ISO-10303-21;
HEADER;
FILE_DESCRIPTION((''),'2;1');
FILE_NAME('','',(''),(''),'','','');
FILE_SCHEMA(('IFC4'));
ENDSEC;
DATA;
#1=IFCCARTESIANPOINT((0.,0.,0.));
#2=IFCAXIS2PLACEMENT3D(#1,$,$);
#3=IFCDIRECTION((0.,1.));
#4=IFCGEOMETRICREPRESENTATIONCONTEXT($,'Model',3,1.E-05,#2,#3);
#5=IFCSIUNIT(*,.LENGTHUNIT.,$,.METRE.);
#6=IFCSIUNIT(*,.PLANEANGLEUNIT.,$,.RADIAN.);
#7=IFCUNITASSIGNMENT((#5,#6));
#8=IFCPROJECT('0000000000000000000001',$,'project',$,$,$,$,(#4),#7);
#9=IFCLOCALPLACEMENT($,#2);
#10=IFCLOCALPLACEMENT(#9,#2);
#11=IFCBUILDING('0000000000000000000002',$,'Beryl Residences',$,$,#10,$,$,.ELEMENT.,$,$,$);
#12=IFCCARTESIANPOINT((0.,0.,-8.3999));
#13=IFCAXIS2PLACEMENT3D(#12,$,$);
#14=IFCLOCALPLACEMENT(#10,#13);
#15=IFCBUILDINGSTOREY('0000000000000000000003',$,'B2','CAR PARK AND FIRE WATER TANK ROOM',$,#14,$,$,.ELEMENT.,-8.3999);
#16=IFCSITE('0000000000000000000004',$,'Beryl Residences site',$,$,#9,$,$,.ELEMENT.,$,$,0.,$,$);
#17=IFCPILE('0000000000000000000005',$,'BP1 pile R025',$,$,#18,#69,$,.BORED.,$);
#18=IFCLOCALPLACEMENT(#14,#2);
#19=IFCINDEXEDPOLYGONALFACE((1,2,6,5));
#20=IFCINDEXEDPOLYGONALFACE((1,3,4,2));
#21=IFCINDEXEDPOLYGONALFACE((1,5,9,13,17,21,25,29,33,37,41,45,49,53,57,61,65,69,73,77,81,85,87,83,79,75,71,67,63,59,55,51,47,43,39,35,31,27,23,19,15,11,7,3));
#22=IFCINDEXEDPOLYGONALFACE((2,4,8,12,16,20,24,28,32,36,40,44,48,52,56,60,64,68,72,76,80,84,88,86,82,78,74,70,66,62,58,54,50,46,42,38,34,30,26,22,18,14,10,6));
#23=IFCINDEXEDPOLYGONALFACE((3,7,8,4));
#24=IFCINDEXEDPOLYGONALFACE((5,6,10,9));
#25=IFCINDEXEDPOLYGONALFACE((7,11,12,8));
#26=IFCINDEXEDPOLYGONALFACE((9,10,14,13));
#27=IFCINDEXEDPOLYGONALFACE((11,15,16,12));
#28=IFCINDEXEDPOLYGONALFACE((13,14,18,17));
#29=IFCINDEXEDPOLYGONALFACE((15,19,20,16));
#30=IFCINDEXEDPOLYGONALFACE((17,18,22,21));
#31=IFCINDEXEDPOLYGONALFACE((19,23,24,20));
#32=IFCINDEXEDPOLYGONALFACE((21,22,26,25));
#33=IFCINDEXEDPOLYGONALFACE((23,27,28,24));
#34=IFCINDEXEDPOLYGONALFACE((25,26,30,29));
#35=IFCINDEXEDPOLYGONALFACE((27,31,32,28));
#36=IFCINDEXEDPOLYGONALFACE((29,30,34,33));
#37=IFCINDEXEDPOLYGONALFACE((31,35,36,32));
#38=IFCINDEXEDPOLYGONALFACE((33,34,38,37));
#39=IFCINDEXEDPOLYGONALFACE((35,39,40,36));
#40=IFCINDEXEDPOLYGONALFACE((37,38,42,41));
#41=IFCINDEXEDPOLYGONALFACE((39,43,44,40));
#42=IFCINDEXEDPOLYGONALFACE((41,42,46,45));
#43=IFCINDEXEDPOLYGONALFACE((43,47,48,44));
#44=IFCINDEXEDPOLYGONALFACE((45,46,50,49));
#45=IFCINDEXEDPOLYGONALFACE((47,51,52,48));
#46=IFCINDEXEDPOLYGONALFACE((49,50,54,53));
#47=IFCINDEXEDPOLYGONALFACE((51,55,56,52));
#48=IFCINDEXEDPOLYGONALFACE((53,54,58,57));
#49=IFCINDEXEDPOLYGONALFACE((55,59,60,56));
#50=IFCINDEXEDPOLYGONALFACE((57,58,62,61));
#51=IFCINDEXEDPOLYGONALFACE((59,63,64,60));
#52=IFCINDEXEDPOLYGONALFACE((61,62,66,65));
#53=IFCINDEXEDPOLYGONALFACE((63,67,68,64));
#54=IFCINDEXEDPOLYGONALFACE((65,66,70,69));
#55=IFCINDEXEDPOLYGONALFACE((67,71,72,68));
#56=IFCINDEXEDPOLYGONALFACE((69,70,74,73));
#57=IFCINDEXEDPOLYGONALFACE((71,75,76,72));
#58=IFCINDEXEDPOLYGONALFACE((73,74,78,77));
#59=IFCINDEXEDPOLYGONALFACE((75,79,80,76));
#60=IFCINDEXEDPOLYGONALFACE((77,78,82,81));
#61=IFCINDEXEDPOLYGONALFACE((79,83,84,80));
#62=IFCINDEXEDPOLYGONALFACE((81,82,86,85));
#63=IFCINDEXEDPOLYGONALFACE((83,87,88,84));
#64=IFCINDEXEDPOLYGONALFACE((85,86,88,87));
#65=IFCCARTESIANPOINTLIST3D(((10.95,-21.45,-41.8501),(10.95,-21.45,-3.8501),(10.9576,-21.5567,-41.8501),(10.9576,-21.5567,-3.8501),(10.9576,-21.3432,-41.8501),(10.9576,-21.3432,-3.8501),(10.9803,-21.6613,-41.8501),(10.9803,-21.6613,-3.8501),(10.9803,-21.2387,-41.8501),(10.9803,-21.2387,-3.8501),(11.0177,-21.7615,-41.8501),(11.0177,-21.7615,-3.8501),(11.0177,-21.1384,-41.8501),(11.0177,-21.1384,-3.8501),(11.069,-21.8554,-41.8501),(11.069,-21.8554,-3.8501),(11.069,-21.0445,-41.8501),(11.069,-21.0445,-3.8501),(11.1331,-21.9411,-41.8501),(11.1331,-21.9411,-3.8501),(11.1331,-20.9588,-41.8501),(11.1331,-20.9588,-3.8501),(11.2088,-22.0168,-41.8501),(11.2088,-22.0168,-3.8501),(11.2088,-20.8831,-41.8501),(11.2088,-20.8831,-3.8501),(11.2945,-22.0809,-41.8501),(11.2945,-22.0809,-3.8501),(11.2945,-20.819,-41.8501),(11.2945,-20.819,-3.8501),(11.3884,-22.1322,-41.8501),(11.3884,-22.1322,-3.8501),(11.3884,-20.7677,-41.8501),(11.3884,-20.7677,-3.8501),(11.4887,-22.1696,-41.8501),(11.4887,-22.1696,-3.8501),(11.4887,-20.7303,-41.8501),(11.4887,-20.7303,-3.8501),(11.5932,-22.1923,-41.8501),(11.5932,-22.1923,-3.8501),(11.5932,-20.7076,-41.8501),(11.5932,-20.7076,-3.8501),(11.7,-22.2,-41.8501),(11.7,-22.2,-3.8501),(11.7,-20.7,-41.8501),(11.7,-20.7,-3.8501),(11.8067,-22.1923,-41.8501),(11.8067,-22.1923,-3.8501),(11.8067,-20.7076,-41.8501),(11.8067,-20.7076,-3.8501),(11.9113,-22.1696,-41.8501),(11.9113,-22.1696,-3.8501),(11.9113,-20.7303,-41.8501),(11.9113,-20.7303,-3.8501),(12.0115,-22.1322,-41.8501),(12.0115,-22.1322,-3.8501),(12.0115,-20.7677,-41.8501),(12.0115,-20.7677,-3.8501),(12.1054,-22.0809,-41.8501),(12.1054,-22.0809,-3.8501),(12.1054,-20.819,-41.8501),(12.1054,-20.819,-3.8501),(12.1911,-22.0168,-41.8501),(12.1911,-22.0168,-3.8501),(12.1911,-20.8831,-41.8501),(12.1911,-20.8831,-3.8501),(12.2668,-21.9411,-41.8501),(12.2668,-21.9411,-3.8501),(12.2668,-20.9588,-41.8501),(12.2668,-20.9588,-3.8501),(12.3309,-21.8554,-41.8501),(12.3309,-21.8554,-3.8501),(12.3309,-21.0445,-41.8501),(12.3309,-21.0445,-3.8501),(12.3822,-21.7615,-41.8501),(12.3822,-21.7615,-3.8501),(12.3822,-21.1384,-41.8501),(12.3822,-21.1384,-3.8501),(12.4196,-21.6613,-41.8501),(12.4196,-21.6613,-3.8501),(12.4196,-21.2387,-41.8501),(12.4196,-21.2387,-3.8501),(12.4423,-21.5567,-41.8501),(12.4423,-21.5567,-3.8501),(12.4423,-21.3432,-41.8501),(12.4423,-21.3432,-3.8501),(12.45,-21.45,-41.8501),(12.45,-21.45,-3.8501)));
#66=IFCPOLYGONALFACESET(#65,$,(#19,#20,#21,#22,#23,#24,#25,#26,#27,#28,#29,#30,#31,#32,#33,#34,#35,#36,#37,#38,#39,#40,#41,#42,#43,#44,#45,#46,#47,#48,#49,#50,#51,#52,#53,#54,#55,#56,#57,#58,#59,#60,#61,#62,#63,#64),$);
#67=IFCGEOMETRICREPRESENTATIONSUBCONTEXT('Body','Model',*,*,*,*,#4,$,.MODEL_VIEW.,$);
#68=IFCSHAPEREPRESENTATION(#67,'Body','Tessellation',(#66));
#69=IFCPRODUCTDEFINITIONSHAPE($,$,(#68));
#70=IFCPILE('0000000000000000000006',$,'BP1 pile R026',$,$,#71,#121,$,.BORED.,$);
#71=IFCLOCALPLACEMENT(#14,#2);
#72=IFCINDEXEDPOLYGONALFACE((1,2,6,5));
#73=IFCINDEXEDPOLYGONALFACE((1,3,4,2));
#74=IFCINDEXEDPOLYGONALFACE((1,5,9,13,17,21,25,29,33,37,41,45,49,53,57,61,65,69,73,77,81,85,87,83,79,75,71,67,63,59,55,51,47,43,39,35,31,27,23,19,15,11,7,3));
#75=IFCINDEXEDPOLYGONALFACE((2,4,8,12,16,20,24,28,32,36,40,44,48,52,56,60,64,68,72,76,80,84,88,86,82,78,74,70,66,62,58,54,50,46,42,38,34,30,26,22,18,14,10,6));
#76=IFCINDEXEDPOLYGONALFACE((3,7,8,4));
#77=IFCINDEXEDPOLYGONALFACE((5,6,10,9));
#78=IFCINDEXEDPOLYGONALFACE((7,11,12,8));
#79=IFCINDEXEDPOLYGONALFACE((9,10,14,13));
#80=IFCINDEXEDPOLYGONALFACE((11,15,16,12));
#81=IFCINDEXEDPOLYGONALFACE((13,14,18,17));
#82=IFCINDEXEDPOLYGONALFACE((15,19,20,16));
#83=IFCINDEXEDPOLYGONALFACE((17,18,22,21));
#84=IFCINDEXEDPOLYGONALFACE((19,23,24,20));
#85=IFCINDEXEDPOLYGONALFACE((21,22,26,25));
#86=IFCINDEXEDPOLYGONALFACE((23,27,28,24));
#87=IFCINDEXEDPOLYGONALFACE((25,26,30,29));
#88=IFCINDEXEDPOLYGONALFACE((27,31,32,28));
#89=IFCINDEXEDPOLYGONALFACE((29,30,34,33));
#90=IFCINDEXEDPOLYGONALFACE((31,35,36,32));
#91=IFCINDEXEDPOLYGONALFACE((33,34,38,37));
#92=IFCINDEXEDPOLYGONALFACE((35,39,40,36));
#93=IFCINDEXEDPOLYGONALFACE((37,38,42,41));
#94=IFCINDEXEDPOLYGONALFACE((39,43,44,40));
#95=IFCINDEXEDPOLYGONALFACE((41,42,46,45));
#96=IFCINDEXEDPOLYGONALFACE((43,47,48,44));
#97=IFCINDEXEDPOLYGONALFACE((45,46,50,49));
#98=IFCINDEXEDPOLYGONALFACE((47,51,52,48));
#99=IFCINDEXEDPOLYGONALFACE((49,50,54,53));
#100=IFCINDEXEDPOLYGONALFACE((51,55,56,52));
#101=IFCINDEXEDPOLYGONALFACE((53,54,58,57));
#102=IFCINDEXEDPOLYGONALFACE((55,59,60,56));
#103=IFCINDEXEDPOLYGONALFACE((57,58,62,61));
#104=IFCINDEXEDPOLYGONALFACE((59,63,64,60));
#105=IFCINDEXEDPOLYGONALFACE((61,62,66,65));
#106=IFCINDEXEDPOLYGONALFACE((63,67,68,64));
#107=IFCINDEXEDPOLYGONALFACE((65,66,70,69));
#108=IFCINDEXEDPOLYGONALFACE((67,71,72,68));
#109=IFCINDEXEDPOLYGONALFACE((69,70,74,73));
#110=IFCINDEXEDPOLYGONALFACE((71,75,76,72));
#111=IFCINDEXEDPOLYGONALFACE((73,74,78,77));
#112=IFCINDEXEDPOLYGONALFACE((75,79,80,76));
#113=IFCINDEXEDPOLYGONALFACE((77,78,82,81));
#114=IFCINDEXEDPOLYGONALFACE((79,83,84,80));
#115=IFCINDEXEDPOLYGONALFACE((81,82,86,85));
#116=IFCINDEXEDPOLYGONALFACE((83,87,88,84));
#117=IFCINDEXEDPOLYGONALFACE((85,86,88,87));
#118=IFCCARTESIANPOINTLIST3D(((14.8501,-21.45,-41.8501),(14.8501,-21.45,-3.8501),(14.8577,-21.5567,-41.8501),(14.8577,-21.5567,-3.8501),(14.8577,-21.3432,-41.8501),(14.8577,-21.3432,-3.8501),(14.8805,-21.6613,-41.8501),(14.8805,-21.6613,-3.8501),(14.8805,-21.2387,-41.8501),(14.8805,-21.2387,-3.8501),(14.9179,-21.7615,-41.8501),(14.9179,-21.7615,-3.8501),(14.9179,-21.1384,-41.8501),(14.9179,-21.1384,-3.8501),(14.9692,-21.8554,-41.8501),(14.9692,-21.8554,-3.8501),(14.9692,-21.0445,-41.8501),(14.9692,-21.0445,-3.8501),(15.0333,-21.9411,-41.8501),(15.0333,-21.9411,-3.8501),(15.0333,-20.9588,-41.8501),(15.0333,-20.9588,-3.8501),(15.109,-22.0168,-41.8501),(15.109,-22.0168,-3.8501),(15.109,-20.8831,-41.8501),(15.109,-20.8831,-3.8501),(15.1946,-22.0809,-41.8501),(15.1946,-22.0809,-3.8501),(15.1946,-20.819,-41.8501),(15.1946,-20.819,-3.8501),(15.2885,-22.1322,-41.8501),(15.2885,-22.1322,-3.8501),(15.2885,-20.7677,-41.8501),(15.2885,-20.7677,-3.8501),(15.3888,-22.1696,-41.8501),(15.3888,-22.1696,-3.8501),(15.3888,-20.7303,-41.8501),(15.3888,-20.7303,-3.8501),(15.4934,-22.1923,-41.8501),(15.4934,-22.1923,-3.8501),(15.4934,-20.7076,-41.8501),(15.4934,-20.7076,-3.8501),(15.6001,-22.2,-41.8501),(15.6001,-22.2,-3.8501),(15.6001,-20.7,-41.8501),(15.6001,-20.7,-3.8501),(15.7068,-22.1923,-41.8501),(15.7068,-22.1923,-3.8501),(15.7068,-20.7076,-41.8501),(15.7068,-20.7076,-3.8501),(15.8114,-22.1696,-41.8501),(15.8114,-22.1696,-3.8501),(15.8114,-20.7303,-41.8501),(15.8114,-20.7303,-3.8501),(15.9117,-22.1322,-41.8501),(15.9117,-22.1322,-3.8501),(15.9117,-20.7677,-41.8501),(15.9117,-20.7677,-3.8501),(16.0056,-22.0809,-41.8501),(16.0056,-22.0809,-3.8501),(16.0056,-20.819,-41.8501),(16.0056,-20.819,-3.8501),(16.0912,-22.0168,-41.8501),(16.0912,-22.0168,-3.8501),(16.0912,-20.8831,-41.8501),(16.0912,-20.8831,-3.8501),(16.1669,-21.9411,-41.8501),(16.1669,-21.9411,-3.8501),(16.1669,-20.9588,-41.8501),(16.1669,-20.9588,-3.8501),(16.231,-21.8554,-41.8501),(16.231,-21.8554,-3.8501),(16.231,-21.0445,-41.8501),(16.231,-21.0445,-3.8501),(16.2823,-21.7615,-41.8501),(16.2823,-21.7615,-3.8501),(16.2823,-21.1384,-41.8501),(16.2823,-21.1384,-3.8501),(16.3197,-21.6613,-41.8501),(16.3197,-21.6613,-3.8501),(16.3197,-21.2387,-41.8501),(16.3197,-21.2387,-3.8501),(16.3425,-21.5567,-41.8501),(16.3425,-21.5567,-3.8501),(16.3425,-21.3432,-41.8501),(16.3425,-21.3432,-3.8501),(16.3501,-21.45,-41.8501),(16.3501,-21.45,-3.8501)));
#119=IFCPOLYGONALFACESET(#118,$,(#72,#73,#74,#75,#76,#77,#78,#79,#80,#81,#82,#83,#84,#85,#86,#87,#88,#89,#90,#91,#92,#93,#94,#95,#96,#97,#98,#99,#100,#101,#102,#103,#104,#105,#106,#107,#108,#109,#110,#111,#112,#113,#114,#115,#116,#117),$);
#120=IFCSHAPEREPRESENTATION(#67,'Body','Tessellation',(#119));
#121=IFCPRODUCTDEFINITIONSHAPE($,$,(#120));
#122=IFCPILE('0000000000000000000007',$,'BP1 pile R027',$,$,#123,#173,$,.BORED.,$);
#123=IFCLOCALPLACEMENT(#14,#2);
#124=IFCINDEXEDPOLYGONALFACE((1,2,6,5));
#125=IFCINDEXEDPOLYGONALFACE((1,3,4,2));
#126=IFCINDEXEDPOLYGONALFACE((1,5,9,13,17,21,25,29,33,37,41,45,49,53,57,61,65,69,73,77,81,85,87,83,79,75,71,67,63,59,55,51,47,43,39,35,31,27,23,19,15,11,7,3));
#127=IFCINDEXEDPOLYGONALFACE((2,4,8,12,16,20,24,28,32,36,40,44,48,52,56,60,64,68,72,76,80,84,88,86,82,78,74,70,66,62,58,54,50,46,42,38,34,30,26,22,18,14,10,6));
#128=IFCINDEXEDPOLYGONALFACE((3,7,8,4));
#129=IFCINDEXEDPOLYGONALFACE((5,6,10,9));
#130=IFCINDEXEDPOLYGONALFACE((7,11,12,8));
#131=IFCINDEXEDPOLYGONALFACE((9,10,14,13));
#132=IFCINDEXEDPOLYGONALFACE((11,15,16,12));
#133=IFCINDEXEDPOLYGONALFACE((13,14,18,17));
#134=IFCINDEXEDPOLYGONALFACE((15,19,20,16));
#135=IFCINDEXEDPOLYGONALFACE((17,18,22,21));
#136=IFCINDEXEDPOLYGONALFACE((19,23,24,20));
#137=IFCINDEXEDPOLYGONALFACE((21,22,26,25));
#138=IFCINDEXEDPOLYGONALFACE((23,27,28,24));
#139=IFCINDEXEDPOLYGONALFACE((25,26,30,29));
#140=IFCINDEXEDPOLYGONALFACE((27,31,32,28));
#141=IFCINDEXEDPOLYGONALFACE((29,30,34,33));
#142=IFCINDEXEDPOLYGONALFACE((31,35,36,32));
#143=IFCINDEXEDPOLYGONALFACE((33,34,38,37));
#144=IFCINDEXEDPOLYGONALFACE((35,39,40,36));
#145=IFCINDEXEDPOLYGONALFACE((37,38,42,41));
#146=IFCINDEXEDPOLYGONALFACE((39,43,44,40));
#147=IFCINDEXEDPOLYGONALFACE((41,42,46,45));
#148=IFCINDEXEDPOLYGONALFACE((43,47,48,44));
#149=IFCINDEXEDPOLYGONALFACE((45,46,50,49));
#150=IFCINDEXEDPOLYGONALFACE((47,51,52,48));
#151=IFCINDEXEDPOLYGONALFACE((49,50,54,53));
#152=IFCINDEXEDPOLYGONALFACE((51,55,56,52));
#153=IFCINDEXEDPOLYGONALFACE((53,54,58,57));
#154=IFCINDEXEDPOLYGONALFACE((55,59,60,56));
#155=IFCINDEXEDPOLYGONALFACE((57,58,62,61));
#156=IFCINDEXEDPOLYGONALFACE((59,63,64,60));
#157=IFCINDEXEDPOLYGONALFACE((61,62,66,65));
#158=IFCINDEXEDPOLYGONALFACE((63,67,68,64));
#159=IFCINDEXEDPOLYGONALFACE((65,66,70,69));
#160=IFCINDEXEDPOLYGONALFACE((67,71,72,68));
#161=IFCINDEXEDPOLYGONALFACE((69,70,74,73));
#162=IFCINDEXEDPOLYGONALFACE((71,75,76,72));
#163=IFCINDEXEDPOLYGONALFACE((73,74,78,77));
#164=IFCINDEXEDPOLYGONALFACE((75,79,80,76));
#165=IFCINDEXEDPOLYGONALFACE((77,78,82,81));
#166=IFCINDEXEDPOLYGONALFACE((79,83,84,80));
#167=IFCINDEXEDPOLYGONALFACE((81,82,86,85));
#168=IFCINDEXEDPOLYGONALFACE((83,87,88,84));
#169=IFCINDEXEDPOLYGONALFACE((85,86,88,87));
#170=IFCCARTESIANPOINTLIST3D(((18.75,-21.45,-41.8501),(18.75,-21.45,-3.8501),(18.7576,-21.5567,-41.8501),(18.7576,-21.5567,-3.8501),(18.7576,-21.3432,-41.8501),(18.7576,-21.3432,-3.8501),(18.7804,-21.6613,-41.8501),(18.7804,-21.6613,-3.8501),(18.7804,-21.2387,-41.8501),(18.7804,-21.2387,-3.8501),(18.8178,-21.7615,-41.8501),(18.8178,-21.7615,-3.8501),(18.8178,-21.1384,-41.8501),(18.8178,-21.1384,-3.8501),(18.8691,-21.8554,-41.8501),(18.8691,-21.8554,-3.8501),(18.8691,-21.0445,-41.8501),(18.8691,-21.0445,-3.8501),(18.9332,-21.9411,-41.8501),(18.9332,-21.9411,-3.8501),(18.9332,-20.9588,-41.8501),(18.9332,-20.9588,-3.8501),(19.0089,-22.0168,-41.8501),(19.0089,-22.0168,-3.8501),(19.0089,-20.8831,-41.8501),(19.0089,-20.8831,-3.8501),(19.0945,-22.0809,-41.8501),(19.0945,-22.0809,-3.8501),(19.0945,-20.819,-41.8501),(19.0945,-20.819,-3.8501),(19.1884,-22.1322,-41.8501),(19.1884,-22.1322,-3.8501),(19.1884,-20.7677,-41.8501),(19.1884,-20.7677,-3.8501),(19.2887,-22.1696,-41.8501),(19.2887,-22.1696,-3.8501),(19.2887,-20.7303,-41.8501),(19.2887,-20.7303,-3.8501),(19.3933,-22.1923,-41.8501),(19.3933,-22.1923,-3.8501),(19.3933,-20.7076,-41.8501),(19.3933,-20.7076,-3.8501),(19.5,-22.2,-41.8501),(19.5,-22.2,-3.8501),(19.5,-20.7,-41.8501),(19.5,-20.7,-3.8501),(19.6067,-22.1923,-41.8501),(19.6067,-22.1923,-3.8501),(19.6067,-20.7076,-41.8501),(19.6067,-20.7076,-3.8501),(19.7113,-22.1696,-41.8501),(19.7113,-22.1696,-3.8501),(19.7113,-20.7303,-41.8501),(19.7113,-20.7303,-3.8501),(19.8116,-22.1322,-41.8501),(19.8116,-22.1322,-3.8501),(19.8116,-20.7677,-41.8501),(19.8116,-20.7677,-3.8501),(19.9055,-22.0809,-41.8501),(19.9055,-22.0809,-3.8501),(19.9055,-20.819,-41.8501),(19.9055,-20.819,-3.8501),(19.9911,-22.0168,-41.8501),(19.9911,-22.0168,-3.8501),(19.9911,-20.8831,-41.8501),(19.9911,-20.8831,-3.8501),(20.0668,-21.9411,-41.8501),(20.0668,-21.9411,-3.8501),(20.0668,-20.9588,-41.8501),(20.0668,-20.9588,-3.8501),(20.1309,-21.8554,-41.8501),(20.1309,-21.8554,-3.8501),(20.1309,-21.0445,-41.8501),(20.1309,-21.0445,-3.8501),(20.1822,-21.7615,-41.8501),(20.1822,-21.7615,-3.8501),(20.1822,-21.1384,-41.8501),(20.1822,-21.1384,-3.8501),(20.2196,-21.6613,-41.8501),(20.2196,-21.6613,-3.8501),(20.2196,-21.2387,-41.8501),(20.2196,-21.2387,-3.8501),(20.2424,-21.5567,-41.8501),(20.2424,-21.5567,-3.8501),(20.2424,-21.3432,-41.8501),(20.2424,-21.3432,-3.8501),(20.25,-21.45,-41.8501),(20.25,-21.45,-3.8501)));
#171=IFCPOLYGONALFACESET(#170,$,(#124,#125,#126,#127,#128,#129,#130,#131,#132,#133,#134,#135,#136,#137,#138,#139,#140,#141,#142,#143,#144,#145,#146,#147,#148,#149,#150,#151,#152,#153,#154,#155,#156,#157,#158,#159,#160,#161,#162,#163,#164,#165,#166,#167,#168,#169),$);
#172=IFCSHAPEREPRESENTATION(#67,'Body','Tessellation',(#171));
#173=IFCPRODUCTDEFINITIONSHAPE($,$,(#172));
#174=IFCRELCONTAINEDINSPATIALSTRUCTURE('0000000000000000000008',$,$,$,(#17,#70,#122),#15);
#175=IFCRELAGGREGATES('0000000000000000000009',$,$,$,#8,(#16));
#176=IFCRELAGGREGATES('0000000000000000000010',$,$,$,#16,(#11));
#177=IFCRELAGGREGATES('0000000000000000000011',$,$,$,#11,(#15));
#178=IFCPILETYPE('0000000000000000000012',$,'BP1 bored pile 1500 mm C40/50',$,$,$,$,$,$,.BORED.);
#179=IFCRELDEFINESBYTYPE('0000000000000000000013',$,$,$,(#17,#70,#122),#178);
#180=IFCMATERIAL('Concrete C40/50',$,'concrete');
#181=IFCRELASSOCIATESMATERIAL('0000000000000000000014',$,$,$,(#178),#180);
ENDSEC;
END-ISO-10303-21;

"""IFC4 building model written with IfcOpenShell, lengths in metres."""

from ifc_helpers import new_model, si_unit, direction, frame, origin, origin_2d, place, context, subcontext, project, spatial, circle, extrude, material, material_profile, profile_set, type_object, element, save


model = new_model("IFC4")

# Units and contexts
model_context = context("Model", 3, precision=1e-05, world=origin(), true_north=direction((0.0, 1.0)))
body_context = subcontext(model_context, "Body", "Model", "MODEL_VIEW")
ifc_project = project(units=[si_unit("LENGTHUNIT", "METRE"), si_unit("PLANEANGLEUNIT", "RADIAN")], contexts=[model_context])

# Site, building, storey
site_placement = place(None, origin())
site = spatial("IfcSite", under=ifc_project, at=site_placement, Name="Beryl Residences site", CompositionType="ELEMENT", RefElevation=0.0)
building_placement = place(site_placement, origin())
building = spatial("IfcBuilding", under=site, at=building_placement, Name="Beryl Residences", CompositionType="ELEMENT")
storey_placement = place(building_placement, frame((0.0, 0.0, -8.3999)))
storey = spatial("IfcBuildingStorey", under=building, at=storey_placement, Name="B2", Description="CAR PARK AND FIRE WATER TANK ROOM", CompositionType="ELEMENT", Elevation=-8.3999)

# Piles
ifc_material_1 = material(Name="Concrete C40/50", Category="concrete")
ifc_material_profile_1 = material_profile(ifc_material_1, circle(Radius=0.75, at=origin_2d()))
ifc_profile_set_1 = profile_set([ifc_material_profile_1], Name="Concrete C40/50")
pile_type_1 = type_object("IfcPileType", Name="BP1 bored pile 1500 mm C40/50", PredefinedType="BORED", material=ifc_profile_set_1)
for number, where, z_axis, x_axis, name in (
    (1, (11.7, -21.45, -3.8501), (0.0, 0.0, -1.0), (1.0, 0.0, 0.0), "BP1 pile R025"),
    (2, (15.6001, -21.45, -3.8501), (0.0, 0.0, -1.0), (1.0, 0.0, 0.0), "BP1 pile R026"),
    (3, (19.5, -21.45, -3.8501), (0.0, 0.0, -1.0), (1.0, 0.0, 0.0), "BP1 pile R027"),
):
    element("IfcPile", number, at=place(storey_placement, frame(where, z_axis=z_axis, x_axis=x_axis)), inside=storey, type_object=pile_type_1, Name=name, PredefinedType="BORED", context=body_context, shape_type="SweptSolid", body=[
        extrude(circle(Radius=0.75, at=origin_2d()), origin(), (0.0, 0.0, 1.0), 38.0),
    ])

save(model, "model.ifc")
